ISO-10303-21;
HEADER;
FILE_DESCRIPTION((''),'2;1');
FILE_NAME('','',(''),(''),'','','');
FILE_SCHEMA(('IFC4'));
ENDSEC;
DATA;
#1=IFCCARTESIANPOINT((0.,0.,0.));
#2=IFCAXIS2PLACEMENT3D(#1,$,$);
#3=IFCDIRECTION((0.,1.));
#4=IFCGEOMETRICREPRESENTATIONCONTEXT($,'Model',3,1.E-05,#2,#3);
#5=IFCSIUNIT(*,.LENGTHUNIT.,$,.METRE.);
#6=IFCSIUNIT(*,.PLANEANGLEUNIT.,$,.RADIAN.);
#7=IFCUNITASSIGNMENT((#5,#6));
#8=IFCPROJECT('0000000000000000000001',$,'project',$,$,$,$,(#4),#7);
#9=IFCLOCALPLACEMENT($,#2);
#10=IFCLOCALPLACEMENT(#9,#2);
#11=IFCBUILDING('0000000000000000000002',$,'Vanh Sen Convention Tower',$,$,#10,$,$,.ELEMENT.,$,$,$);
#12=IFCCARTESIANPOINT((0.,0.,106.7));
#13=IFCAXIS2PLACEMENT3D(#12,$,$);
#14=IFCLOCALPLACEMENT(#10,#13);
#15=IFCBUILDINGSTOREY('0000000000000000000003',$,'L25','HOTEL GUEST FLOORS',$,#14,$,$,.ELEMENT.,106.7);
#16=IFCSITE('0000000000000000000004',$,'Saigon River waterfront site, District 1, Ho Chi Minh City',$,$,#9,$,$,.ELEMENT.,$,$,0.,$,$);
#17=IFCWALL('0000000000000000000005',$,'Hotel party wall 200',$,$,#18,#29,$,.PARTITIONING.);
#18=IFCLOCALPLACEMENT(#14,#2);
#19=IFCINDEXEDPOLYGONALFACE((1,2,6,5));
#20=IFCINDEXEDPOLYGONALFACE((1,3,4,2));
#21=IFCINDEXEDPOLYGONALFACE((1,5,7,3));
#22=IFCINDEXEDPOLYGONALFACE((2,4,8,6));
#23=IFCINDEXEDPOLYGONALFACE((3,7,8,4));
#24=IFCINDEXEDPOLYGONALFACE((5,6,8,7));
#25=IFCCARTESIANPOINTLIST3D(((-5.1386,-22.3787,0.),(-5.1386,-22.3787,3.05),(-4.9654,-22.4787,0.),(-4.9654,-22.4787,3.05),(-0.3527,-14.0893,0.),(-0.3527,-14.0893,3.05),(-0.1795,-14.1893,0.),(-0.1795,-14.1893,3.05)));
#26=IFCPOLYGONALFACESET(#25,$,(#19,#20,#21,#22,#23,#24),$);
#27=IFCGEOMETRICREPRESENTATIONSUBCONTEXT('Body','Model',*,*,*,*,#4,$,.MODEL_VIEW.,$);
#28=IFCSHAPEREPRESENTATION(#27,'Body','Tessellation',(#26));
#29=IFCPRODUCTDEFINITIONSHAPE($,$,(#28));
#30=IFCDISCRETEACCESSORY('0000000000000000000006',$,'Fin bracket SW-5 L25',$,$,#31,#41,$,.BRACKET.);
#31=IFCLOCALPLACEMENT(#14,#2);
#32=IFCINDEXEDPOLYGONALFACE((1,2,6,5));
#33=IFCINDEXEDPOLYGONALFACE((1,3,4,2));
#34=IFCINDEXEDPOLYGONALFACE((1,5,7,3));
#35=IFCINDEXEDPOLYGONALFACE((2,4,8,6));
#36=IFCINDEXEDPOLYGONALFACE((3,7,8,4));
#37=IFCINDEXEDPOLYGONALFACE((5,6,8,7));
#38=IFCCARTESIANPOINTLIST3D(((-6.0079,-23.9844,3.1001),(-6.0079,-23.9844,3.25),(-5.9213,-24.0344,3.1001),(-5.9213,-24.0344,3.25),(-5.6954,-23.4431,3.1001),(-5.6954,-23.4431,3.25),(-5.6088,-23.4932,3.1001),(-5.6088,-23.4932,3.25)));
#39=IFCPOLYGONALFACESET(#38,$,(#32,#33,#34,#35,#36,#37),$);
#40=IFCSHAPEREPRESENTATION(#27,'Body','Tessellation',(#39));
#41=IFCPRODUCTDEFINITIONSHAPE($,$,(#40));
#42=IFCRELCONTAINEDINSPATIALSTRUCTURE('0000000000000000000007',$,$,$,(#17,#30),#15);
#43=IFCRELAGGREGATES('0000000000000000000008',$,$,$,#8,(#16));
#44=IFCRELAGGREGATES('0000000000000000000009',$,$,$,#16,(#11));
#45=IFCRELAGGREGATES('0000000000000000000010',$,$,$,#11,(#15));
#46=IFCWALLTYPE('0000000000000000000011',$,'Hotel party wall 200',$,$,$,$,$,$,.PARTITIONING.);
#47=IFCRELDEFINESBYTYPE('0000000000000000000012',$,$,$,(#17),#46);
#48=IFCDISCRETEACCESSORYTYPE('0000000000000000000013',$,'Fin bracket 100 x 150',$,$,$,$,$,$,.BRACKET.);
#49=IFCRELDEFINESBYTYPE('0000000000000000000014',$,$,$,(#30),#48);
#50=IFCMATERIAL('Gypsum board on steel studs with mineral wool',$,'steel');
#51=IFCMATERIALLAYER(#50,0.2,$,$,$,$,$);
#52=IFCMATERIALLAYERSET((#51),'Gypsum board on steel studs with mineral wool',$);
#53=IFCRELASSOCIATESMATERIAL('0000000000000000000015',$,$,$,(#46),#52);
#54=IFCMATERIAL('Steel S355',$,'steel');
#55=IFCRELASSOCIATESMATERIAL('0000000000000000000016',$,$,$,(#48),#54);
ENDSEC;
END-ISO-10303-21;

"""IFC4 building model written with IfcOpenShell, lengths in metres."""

from ifc_helpers import new_model, si_unit, direction, frame, frame_2d, origin, origin_2d, place, context, subcontext, project, spatial, rectangle, extrude, material, layer, layer_set, type_object, element, save


model = new_model("IFC4")

# Units and contexts
model_context = context("Model", 3, precision=1e-05, world=origin(), true_north=direction((0.0, 1.0)))
body_context = subcontext(model_context, "Body", "Model", "MODEL_VIEW")
ifc_project = project(units=[si_unit("LENGTHUNIT", "METRE"), si_unit("PLANEANGLEUNIT", "RADIAN")], contexts=[model_context])

# Site, building, storey
site_placement = place(None, origin())
site = spatial("IfcSite", under=ifc_project, at=site_placement, Name="Saigon River waterfront site, District 1, Ho Chi Minh City", CompositionType="ELEMENT", RefElevation=0.0)
building_placement = place(site_placement, origin())
building = spatial("IfcBuilding", under=site, at=building_placement, Name="Vanh Sen Convention Tower", CompositionType="ELEMENT")
storey_placement = place(building_placement, frame((0.0, 0.0, 106.7)))
storey = spatial("IfcBuildingStorey", under=building, at=storey_placement, Name="L25", Description="HOTEL GUEST FLOORS", CompositionType="ELEMENT", Elevation=106.7)

# Shared definitions
ifc_material_1 = material(Name="Gypsum board on steel studs with mineral wool", Category="steel")

# Wall
ifc_layer_1 = layer(ifc_material_1, 0.2)
ifc_layer_set_1 = layer_set([ifc_layer_1], Name="Gypsum board on steel studs with mineral wool")
wall_type_1 = type_object("IfcWallType", Name="Hotel party wall 200", PredefinedType="PARTITIONING", material=ifc_layer_set_1)
wall_1_placement = place(storey_placement, frame((-5.052, -22.4287, 0.0), z_axis=(0.0, 0.0, 1.0), x_axis=(0.500004, 0.866023, 0.0)))
element("IfcWall", 1, at=wall_1_placement, inside=storey, type_object=wall_type_1, Name="Hotel party wall 200", PredefinedType="PARTITIONING", context=body_context, shape_type="SweptSolid", body=[
    extrude(rectangle(XDim=9.5718, YDim=0.2, at=frame_2d((4.7859, 0.0))), origin(), (0.0, 0.0, 1.0), 3.05),
])

# Discrete accessory
ifc_material_2 = material(Name="Steel S355", Category="steel")
discrete_accessory_type = type_object("IfcDiscreteAccessoryType", Name="Fin bracket 100 x 150", PredefinedType="BRACKET", material=ifc_material_2)
discrete_accessory_placement = place(storey_placement, frame((-5.8083, -23.7388, 3.1001), z_axis=(0.0, 0.0, 1.0), x_axis=(-0.5, -0.866025, 0.0)))
element("IfcDiscreteAccessory", 2, at=discrete_accessory_placement, inside=storey, type_object=discrete_accessory_type, Name="Fin bracket SW-5 L25", PredefinedType="BRACKET", context=body_context, shape_type="SweptSolid", body=[
    extrude(rectangle(XDim=0.625, YDim=0.1001, at=origin_2d()), origin(), (0.0, 0.0, 1.0), 0.1499),
])

save(model, "model.ifc")
